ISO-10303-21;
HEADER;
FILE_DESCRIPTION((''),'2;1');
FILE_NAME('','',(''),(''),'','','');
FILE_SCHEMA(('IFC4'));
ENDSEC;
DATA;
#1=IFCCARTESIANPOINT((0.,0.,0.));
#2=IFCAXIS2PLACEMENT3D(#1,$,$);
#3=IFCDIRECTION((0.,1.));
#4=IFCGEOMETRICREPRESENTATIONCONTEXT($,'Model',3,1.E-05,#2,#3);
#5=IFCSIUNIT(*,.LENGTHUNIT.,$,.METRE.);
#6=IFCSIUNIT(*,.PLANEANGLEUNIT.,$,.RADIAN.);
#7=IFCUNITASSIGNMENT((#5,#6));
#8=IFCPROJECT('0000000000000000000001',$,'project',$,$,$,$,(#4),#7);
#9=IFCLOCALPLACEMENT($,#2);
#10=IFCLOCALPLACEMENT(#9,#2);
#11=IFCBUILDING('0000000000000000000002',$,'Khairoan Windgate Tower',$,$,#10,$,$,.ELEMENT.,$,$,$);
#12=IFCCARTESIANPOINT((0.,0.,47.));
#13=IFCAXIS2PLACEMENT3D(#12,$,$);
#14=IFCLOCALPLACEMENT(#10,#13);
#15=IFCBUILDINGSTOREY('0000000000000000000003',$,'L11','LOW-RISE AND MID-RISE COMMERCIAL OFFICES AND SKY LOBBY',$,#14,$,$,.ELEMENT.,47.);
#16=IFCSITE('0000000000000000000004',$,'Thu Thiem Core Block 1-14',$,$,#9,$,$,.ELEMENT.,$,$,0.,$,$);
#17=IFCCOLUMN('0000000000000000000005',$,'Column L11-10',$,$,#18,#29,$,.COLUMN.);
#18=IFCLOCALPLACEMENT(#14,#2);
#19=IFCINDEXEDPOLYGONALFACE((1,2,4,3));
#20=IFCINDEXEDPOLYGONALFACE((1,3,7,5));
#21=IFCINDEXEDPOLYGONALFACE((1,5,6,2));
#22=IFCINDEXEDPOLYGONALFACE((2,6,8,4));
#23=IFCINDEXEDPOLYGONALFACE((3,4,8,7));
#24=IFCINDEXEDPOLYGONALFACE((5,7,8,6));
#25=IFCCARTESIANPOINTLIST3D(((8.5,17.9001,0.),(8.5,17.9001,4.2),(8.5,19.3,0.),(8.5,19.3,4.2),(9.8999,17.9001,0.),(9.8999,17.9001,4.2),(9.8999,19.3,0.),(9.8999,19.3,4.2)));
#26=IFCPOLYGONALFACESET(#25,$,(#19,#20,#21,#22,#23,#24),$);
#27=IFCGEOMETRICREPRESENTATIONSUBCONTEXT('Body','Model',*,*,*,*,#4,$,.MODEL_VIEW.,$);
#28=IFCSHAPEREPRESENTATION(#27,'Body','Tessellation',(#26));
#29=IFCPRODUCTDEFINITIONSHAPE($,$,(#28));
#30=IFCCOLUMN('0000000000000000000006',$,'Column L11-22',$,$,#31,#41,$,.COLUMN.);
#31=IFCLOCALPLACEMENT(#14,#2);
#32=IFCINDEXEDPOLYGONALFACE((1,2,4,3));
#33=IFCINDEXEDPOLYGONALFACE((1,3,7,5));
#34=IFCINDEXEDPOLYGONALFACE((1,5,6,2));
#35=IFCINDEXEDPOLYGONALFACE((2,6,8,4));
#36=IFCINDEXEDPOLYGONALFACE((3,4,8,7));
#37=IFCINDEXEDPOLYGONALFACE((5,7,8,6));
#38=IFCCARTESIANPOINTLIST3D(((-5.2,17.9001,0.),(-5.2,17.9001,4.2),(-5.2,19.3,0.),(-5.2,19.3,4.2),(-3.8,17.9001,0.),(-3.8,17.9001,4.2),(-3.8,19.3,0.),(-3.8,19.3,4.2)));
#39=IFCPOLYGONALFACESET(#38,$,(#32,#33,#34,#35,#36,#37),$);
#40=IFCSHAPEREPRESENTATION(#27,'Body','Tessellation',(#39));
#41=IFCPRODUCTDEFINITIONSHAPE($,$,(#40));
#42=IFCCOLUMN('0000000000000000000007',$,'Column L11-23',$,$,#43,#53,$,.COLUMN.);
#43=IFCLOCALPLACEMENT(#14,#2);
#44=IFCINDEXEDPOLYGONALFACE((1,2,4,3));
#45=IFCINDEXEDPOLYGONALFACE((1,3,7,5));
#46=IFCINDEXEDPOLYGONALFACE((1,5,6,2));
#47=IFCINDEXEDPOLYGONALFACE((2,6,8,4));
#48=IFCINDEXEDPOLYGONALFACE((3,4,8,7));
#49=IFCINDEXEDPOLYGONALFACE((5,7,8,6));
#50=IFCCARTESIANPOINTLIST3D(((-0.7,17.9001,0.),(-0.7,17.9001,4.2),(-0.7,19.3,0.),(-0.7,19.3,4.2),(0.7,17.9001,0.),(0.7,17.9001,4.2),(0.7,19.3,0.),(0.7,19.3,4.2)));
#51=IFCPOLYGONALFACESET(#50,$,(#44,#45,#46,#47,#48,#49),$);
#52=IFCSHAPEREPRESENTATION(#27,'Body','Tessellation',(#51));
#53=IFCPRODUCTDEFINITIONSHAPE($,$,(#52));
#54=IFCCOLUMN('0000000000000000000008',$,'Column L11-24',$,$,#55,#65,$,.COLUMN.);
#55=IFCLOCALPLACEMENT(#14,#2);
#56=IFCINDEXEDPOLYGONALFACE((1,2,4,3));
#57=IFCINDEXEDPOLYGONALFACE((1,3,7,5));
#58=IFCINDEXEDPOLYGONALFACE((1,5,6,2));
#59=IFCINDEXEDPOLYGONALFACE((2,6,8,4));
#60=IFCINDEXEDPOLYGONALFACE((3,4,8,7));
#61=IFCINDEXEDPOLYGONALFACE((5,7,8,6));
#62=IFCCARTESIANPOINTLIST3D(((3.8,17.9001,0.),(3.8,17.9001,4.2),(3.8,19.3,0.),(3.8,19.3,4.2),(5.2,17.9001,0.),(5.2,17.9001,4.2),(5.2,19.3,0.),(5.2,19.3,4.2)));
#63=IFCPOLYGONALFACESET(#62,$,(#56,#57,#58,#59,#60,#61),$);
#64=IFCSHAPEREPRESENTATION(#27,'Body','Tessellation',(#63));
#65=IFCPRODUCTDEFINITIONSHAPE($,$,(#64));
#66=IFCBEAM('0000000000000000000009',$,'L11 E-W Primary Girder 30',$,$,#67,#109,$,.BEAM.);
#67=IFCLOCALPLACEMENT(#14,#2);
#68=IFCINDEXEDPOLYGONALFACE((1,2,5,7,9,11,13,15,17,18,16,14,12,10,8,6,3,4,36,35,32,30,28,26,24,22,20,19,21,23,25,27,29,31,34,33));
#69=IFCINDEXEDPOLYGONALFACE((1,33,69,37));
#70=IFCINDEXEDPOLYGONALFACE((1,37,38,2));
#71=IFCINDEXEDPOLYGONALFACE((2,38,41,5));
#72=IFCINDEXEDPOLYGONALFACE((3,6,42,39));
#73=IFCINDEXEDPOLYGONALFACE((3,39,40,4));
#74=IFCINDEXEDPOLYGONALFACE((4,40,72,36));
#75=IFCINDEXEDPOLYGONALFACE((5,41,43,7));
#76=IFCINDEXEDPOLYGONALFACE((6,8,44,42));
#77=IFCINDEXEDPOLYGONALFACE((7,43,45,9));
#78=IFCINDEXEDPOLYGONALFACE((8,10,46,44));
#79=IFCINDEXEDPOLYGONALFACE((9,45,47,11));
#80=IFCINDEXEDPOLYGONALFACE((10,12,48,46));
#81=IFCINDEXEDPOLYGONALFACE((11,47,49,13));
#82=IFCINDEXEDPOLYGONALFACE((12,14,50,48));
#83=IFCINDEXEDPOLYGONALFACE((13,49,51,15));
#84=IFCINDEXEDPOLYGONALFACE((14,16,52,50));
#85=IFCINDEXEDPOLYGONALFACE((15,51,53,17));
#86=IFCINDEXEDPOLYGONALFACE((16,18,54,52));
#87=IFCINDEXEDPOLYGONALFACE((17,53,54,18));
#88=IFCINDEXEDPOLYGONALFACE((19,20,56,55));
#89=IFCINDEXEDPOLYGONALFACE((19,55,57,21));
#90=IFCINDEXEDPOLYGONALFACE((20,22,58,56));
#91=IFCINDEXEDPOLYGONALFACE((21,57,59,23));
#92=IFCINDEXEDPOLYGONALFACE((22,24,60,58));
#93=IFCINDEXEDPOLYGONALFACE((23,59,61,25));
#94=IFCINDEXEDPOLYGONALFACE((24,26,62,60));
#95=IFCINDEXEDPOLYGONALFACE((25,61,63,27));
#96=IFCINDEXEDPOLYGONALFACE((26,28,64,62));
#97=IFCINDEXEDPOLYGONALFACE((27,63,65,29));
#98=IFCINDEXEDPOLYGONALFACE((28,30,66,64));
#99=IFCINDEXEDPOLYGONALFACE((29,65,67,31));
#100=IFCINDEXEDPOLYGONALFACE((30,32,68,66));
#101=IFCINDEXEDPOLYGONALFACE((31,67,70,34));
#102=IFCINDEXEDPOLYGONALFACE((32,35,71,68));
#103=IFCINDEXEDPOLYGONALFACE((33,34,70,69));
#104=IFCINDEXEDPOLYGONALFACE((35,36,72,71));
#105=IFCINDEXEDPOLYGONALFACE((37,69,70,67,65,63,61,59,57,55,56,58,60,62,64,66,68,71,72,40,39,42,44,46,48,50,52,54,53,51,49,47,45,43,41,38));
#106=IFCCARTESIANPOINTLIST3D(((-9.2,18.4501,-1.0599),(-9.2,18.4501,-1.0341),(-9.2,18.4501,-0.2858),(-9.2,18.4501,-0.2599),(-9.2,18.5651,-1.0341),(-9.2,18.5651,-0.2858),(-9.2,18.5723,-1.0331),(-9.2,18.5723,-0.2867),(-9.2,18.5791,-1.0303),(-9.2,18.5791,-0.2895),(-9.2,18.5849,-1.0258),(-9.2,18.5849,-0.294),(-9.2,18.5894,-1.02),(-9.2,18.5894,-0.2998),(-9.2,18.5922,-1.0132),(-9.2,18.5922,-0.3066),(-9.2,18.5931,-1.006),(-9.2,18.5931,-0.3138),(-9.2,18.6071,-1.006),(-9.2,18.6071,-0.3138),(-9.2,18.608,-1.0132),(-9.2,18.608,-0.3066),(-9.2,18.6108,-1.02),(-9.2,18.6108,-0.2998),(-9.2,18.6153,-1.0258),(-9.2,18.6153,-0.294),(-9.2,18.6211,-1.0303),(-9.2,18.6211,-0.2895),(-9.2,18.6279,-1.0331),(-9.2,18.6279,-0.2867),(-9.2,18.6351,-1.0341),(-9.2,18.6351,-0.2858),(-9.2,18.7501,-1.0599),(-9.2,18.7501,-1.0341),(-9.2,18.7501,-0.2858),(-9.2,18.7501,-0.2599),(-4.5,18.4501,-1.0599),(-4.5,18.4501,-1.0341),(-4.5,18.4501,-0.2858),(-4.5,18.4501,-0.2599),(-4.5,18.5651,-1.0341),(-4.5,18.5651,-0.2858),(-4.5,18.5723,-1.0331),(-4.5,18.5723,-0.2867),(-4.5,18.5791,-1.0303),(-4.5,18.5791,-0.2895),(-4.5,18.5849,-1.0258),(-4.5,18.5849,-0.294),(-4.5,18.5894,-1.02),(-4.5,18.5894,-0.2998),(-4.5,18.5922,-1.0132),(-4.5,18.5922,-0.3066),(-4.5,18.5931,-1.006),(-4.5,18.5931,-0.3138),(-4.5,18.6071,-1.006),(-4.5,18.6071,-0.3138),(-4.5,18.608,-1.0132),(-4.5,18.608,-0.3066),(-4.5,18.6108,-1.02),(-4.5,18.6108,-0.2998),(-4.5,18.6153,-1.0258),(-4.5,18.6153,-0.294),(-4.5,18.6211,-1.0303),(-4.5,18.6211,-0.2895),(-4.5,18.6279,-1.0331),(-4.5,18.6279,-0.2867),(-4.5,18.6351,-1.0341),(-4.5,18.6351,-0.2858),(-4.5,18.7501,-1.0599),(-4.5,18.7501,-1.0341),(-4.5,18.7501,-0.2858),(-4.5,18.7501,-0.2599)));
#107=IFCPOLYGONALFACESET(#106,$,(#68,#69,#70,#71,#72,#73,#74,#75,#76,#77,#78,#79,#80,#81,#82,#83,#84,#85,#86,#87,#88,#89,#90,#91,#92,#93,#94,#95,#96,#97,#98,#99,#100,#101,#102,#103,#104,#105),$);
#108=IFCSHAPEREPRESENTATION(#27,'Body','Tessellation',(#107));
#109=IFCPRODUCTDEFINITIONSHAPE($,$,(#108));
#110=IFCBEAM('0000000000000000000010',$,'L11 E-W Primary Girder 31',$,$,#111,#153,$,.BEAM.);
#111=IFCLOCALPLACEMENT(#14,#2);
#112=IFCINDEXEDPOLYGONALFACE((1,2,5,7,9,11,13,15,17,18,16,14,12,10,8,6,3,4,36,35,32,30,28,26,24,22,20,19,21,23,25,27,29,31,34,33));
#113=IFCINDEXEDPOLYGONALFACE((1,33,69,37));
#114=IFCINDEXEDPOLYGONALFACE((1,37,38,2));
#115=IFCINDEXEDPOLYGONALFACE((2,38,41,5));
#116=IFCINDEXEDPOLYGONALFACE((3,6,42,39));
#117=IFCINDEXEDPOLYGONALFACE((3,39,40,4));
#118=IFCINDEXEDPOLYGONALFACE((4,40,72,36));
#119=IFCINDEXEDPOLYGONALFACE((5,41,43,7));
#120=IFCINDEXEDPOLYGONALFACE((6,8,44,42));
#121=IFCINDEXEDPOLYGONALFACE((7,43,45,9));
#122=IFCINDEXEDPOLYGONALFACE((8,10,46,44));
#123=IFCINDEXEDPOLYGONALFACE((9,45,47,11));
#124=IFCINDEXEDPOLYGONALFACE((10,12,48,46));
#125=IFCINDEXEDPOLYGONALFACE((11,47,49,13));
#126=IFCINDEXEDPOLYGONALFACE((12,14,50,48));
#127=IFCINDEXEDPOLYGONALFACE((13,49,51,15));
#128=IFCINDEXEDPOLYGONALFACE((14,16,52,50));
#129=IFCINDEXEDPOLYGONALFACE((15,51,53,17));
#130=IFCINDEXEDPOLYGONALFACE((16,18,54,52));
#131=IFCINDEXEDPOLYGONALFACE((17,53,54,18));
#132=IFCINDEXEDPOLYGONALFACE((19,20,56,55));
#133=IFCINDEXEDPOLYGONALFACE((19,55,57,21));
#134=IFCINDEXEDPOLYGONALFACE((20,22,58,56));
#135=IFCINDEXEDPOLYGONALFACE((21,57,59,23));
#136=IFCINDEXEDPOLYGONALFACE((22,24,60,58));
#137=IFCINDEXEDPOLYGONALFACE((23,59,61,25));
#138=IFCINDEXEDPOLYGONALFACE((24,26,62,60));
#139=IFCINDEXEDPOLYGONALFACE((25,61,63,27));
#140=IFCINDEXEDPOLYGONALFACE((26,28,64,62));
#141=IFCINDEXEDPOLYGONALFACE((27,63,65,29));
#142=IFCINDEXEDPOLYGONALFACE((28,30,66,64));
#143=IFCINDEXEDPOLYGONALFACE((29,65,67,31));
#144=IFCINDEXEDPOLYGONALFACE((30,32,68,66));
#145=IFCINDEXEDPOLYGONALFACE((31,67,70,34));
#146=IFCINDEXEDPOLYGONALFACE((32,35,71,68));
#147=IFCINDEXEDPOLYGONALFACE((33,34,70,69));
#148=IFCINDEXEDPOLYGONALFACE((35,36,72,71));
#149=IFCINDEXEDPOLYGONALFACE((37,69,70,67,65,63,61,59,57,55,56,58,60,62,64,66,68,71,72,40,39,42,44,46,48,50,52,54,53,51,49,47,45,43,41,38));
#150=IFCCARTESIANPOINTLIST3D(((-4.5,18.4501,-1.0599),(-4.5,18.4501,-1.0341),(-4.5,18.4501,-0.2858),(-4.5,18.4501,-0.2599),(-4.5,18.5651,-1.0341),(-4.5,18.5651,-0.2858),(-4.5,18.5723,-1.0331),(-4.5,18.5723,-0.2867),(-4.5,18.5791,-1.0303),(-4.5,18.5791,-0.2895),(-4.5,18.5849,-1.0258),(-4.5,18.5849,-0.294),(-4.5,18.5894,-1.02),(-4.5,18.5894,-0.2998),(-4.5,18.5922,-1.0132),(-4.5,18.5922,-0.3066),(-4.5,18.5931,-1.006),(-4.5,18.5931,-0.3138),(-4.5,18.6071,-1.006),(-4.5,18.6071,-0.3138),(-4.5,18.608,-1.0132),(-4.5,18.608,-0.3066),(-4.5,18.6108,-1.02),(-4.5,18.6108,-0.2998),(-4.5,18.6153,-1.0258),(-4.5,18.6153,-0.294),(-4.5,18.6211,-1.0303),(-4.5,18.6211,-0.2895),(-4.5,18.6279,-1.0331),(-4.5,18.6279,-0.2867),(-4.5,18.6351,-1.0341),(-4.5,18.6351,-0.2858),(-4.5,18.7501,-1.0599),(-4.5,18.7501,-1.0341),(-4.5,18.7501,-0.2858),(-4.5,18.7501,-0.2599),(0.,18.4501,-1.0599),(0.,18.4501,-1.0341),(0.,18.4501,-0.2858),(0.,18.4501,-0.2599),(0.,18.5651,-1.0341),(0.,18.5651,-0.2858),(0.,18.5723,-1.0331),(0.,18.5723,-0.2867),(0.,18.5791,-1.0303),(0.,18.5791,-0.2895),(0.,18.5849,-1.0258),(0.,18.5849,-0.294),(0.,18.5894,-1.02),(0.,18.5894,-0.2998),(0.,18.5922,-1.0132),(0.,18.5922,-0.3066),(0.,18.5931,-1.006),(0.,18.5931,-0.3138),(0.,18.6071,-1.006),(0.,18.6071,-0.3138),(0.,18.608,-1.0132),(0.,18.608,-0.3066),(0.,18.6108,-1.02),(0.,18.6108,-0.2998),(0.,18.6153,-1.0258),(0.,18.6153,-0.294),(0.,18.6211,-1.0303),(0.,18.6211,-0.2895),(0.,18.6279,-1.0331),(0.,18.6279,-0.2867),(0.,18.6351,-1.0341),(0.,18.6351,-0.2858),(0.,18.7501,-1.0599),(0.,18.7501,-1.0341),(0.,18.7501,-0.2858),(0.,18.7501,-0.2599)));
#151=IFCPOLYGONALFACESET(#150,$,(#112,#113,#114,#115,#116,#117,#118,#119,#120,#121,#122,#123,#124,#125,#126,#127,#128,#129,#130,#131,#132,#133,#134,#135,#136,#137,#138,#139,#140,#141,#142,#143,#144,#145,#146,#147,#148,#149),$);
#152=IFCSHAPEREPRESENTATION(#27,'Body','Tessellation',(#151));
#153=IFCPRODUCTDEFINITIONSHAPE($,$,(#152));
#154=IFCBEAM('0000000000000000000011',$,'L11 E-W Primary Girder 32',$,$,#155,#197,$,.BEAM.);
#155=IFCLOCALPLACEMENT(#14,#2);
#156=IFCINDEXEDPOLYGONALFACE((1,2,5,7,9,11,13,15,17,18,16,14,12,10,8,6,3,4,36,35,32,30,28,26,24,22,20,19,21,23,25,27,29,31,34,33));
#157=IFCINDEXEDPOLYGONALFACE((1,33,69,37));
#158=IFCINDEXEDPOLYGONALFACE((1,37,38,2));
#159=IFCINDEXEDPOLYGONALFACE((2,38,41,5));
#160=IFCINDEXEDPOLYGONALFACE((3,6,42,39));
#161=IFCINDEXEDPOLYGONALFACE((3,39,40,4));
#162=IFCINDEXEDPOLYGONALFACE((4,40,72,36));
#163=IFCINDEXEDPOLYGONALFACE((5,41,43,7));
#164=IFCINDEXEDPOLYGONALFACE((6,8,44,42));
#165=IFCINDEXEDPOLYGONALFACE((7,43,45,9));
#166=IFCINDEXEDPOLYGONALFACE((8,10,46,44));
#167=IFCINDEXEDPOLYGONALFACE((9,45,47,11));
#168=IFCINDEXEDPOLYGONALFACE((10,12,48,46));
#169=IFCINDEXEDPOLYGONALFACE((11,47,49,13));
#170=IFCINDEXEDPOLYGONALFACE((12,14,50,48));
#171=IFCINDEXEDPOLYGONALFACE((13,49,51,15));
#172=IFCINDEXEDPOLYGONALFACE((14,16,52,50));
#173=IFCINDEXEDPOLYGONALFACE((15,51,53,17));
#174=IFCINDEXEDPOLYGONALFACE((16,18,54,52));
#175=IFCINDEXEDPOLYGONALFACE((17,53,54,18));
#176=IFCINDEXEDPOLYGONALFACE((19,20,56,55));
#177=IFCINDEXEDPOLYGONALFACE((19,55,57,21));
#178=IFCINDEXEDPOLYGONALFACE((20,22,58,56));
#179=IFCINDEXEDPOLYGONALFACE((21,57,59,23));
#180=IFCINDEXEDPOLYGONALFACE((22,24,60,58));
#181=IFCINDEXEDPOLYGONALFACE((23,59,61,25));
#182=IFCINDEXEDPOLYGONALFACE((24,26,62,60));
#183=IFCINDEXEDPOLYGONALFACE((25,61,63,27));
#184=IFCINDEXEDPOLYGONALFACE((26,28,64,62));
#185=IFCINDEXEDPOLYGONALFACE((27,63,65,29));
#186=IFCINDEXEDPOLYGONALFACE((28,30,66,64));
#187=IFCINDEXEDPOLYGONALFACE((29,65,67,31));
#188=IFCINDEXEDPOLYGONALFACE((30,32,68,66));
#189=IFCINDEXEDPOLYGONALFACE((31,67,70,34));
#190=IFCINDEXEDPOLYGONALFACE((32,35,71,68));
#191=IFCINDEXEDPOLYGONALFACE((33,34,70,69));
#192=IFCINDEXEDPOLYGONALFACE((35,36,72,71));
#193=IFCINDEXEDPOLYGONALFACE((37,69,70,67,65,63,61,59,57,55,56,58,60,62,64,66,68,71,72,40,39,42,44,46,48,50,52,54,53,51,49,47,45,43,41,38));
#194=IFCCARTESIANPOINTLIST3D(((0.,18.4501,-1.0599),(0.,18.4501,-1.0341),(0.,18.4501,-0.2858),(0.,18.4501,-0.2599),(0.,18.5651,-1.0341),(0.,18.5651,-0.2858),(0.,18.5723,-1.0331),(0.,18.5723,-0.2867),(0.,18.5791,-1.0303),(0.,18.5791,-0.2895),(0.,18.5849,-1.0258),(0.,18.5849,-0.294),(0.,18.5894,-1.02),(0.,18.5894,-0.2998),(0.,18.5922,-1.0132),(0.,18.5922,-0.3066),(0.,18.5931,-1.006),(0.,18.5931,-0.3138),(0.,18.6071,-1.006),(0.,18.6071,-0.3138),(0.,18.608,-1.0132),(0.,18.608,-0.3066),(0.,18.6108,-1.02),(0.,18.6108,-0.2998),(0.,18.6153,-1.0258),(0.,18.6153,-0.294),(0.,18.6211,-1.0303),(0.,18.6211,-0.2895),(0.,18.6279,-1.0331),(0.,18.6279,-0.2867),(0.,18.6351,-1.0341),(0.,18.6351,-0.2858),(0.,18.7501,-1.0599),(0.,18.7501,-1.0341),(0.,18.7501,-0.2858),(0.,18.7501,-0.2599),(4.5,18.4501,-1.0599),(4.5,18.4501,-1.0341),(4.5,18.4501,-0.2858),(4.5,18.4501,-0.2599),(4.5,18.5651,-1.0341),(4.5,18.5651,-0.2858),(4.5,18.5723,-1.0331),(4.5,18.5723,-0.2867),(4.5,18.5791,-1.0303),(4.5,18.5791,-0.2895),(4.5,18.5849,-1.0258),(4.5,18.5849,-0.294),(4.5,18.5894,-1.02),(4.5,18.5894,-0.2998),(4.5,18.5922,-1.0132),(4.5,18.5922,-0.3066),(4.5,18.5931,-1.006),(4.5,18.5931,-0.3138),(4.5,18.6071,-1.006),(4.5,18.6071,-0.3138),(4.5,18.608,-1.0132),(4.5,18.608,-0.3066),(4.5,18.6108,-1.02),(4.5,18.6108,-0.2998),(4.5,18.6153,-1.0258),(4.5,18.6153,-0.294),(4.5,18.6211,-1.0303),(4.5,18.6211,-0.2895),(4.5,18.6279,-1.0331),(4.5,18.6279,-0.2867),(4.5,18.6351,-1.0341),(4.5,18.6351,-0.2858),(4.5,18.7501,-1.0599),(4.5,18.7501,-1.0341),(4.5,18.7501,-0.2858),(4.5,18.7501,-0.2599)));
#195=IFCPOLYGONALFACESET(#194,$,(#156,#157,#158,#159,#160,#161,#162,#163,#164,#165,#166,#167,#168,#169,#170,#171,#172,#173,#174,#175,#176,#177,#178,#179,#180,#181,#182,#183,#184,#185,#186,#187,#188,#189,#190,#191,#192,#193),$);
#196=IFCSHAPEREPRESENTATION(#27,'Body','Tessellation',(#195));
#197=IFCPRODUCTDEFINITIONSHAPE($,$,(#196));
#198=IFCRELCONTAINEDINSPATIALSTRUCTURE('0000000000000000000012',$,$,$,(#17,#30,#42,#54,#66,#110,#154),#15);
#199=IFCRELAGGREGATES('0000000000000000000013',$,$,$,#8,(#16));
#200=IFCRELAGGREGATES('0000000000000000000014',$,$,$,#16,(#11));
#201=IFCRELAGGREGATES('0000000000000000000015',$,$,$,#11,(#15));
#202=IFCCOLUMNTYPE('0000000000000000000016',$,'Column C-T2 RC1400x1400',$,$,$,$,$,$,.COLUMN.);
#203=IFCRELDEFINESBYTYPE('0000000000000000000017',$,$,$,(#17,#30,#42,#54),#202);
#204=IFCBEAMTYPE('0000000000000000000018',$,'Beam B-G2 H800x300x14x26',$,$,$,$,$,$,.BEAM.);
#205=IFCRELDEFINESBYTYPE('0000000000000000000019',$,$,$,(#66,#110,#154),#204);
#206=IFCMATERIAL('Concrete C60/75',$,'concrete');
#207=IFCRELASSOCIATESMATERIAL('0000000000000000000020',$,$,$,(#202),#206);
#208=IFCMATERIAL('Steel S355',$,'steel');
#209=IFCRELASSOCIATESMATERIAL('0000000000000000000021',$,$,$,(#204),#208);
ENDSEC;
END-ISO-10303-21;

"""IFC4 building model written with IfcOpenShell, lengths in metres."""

from ifc_helpers import new_model, si_unit, direction, frame, origin, origin_2d, place, context, subcontext, project, spatial, rectangle, i_section, extrude, material, material_profile, profile_set, type_object, element, save


model = new_model("IFC4")

# Units and contexts
model_context = context("Model", 3, precision=1e-05, world=origin(), true_north=direction((0.0, 1.0)))
body_context = subcontext(model_context, "Body", "Model", "MODEL_VIEW")
ifc_project = project(units=[si_unit("LENGTHUNIT", "METRE"), si_unit("PLANEANGLEUNIT", "RADIAN")], contexts=[model_context])

# Site, building, storey
site_placement = place(None, origin())
site = spatial("IfcSite", under=ifc_project, at=site_placement, Name="Thu Thiem Core Block 1-14", CompositionType="ELEMENT", RefElevation=0.0)
building_placement = place(site_placement, origin())
building = spatial("IfcBuilding", under=site, at=building_placement, Name="Khairoan Windgate Tower", CompositionType="ELEMENT")
storey_placement = place(building_placement, frame((0.0, 0.0, 47.0)))
storey = spatial("IfcBuildingStorey", under=building, at=storey_placement, Name="L11", Description="LOW-RISE AND MID-RISE COMMERCIAL OFFICES AND SKY LOBBY", CompositionType="ELEMENT", Elevation=47.0)

# Columns
ifc_material_1 = material(Name="Concrete C60/75", Category="concrete")
ifc_material_profile_1 = material_profile(ifc_material_1, rectangle(XDim=1.3999, YDim=1.3999, at=origin_2d()))
ifc_profile_set_1 = profile_set([ifc_material_profile_1], Name="Concrete C60/75")
column_type = type_object("IfcColumnType", Name="Column C-T2 RC1400x1400", PredefinedType="COLUMN", material=ifc_profile_set_1)
for number, where, z_axis, x_axis, name in (
    (1, (9.2, 18.6001, 0.0), (0.0, 0.0, 1.0), (1.0, 0.0, 0.0), "Column L11-10"),
    (2, (-4.5, 18.6001, 0.0), (0.0, 0.0, 1.0), (1.0, 0.0, 0.0), "Column L11-22"),
    (3, (0.0, 18.6001, 0.0), (0.0, 0.0, 1.0), (1.0, 0.0, 0.0), "Column L11-23"),
    (4, (4.5, 18.6001, 0.0), (0.0, 0.0, 1.0), (1.0, 0.0, 0.0), "Column L11-24"),
):
    element("IfcColumn", number, at=place(storey_placement, frame(where, z_axis=z_axis, x_axis=x_axis)), inside=storey, type_object=column_type, Name=name, PredefinedType="COLUMN", context=body_context, shape_type="SweptSolid", body=[
        extrude(rectangle(XDim=1.3999, YDim=1.3999, at=origin_2d()), origin(), (0.0, 0.0, 1.0), 4.2),
    ])

# Beams
ifc_material_2 = material(Name="Steel S355", Category="steel")
ifc_material_profile_2 = material_profile(ifc_material_2, i_section(OverallWidth=0.3, OverallDepth=0.8, WebThickness=0.0139, FlangeThickness=0.0259, FilletRadius=0.0281, at=origin_2d()))
ifc_profile_set_2 = profile_set([ifc_material_profile_2], Name="Steel S355")
beam_type_1 = type_object("IfcBeamType", Name="Beam B-G2 H800x300x14x26", PredefinedType="BEAM", material=ifc_profile_set_2)
beam_1_placement = place(storey_placement, frame((-9.2, 18.6001, -0.6599), z_axis=(1.0, 0.0, 0.0), x_axis=(0.0, 1.0, 0.0)))
element("IfcBeam", 5, at=beam_1_placement, inside=storey, type_object=beam_type_1, Name="L11 E-W Primary Girder 30", PredefinedType="BEAM", context=body_context, shape_type="SweptSolid", body=[
    extrude(i_section(OverallWidth=0.3, OverallDepth=0.8, WebThickness=0.0139, FlangeThickness=0.0259, FilletRadius=0.0281, at=origin_2d()), origin(), (0.0, 0.0, 1.0), 4.7),
])
for number, where, z_axis, x_axis, name in (
    (6, (-4.5, 18.6001, -0.6599), (1.0, 0.0, 0.0), (0.0, 1.0, 0.0), "L11 E-W Primary Girder 31"),
    (7, (0.0, 18.6001, -0.6599), (1.0, 0.0, 0.0), (0.0, 1.0, 0.0), "L11 E-W Primary Girder 32"),
):
    element("IfcBeam", number, at=place(storey_placement, frame(where, z_axis=z_axis, x_axis=x_axis)), inside=storey, type_object=beam_type_1, Name=name, PredefinedType="BEAM", context=body_context, shape_type="SweptSolid", body=[
        extrude(i_section(OverallWidth=0.3, OverallDepth=0.8, WebThickness=0.0139, FlangeThickness=0.0259, FilletRadius=0.0281, at=origin_2d()), origin(), (0.0, 0.0, 1.0), 4.5),
    ])

save(model, "model.ifc")
